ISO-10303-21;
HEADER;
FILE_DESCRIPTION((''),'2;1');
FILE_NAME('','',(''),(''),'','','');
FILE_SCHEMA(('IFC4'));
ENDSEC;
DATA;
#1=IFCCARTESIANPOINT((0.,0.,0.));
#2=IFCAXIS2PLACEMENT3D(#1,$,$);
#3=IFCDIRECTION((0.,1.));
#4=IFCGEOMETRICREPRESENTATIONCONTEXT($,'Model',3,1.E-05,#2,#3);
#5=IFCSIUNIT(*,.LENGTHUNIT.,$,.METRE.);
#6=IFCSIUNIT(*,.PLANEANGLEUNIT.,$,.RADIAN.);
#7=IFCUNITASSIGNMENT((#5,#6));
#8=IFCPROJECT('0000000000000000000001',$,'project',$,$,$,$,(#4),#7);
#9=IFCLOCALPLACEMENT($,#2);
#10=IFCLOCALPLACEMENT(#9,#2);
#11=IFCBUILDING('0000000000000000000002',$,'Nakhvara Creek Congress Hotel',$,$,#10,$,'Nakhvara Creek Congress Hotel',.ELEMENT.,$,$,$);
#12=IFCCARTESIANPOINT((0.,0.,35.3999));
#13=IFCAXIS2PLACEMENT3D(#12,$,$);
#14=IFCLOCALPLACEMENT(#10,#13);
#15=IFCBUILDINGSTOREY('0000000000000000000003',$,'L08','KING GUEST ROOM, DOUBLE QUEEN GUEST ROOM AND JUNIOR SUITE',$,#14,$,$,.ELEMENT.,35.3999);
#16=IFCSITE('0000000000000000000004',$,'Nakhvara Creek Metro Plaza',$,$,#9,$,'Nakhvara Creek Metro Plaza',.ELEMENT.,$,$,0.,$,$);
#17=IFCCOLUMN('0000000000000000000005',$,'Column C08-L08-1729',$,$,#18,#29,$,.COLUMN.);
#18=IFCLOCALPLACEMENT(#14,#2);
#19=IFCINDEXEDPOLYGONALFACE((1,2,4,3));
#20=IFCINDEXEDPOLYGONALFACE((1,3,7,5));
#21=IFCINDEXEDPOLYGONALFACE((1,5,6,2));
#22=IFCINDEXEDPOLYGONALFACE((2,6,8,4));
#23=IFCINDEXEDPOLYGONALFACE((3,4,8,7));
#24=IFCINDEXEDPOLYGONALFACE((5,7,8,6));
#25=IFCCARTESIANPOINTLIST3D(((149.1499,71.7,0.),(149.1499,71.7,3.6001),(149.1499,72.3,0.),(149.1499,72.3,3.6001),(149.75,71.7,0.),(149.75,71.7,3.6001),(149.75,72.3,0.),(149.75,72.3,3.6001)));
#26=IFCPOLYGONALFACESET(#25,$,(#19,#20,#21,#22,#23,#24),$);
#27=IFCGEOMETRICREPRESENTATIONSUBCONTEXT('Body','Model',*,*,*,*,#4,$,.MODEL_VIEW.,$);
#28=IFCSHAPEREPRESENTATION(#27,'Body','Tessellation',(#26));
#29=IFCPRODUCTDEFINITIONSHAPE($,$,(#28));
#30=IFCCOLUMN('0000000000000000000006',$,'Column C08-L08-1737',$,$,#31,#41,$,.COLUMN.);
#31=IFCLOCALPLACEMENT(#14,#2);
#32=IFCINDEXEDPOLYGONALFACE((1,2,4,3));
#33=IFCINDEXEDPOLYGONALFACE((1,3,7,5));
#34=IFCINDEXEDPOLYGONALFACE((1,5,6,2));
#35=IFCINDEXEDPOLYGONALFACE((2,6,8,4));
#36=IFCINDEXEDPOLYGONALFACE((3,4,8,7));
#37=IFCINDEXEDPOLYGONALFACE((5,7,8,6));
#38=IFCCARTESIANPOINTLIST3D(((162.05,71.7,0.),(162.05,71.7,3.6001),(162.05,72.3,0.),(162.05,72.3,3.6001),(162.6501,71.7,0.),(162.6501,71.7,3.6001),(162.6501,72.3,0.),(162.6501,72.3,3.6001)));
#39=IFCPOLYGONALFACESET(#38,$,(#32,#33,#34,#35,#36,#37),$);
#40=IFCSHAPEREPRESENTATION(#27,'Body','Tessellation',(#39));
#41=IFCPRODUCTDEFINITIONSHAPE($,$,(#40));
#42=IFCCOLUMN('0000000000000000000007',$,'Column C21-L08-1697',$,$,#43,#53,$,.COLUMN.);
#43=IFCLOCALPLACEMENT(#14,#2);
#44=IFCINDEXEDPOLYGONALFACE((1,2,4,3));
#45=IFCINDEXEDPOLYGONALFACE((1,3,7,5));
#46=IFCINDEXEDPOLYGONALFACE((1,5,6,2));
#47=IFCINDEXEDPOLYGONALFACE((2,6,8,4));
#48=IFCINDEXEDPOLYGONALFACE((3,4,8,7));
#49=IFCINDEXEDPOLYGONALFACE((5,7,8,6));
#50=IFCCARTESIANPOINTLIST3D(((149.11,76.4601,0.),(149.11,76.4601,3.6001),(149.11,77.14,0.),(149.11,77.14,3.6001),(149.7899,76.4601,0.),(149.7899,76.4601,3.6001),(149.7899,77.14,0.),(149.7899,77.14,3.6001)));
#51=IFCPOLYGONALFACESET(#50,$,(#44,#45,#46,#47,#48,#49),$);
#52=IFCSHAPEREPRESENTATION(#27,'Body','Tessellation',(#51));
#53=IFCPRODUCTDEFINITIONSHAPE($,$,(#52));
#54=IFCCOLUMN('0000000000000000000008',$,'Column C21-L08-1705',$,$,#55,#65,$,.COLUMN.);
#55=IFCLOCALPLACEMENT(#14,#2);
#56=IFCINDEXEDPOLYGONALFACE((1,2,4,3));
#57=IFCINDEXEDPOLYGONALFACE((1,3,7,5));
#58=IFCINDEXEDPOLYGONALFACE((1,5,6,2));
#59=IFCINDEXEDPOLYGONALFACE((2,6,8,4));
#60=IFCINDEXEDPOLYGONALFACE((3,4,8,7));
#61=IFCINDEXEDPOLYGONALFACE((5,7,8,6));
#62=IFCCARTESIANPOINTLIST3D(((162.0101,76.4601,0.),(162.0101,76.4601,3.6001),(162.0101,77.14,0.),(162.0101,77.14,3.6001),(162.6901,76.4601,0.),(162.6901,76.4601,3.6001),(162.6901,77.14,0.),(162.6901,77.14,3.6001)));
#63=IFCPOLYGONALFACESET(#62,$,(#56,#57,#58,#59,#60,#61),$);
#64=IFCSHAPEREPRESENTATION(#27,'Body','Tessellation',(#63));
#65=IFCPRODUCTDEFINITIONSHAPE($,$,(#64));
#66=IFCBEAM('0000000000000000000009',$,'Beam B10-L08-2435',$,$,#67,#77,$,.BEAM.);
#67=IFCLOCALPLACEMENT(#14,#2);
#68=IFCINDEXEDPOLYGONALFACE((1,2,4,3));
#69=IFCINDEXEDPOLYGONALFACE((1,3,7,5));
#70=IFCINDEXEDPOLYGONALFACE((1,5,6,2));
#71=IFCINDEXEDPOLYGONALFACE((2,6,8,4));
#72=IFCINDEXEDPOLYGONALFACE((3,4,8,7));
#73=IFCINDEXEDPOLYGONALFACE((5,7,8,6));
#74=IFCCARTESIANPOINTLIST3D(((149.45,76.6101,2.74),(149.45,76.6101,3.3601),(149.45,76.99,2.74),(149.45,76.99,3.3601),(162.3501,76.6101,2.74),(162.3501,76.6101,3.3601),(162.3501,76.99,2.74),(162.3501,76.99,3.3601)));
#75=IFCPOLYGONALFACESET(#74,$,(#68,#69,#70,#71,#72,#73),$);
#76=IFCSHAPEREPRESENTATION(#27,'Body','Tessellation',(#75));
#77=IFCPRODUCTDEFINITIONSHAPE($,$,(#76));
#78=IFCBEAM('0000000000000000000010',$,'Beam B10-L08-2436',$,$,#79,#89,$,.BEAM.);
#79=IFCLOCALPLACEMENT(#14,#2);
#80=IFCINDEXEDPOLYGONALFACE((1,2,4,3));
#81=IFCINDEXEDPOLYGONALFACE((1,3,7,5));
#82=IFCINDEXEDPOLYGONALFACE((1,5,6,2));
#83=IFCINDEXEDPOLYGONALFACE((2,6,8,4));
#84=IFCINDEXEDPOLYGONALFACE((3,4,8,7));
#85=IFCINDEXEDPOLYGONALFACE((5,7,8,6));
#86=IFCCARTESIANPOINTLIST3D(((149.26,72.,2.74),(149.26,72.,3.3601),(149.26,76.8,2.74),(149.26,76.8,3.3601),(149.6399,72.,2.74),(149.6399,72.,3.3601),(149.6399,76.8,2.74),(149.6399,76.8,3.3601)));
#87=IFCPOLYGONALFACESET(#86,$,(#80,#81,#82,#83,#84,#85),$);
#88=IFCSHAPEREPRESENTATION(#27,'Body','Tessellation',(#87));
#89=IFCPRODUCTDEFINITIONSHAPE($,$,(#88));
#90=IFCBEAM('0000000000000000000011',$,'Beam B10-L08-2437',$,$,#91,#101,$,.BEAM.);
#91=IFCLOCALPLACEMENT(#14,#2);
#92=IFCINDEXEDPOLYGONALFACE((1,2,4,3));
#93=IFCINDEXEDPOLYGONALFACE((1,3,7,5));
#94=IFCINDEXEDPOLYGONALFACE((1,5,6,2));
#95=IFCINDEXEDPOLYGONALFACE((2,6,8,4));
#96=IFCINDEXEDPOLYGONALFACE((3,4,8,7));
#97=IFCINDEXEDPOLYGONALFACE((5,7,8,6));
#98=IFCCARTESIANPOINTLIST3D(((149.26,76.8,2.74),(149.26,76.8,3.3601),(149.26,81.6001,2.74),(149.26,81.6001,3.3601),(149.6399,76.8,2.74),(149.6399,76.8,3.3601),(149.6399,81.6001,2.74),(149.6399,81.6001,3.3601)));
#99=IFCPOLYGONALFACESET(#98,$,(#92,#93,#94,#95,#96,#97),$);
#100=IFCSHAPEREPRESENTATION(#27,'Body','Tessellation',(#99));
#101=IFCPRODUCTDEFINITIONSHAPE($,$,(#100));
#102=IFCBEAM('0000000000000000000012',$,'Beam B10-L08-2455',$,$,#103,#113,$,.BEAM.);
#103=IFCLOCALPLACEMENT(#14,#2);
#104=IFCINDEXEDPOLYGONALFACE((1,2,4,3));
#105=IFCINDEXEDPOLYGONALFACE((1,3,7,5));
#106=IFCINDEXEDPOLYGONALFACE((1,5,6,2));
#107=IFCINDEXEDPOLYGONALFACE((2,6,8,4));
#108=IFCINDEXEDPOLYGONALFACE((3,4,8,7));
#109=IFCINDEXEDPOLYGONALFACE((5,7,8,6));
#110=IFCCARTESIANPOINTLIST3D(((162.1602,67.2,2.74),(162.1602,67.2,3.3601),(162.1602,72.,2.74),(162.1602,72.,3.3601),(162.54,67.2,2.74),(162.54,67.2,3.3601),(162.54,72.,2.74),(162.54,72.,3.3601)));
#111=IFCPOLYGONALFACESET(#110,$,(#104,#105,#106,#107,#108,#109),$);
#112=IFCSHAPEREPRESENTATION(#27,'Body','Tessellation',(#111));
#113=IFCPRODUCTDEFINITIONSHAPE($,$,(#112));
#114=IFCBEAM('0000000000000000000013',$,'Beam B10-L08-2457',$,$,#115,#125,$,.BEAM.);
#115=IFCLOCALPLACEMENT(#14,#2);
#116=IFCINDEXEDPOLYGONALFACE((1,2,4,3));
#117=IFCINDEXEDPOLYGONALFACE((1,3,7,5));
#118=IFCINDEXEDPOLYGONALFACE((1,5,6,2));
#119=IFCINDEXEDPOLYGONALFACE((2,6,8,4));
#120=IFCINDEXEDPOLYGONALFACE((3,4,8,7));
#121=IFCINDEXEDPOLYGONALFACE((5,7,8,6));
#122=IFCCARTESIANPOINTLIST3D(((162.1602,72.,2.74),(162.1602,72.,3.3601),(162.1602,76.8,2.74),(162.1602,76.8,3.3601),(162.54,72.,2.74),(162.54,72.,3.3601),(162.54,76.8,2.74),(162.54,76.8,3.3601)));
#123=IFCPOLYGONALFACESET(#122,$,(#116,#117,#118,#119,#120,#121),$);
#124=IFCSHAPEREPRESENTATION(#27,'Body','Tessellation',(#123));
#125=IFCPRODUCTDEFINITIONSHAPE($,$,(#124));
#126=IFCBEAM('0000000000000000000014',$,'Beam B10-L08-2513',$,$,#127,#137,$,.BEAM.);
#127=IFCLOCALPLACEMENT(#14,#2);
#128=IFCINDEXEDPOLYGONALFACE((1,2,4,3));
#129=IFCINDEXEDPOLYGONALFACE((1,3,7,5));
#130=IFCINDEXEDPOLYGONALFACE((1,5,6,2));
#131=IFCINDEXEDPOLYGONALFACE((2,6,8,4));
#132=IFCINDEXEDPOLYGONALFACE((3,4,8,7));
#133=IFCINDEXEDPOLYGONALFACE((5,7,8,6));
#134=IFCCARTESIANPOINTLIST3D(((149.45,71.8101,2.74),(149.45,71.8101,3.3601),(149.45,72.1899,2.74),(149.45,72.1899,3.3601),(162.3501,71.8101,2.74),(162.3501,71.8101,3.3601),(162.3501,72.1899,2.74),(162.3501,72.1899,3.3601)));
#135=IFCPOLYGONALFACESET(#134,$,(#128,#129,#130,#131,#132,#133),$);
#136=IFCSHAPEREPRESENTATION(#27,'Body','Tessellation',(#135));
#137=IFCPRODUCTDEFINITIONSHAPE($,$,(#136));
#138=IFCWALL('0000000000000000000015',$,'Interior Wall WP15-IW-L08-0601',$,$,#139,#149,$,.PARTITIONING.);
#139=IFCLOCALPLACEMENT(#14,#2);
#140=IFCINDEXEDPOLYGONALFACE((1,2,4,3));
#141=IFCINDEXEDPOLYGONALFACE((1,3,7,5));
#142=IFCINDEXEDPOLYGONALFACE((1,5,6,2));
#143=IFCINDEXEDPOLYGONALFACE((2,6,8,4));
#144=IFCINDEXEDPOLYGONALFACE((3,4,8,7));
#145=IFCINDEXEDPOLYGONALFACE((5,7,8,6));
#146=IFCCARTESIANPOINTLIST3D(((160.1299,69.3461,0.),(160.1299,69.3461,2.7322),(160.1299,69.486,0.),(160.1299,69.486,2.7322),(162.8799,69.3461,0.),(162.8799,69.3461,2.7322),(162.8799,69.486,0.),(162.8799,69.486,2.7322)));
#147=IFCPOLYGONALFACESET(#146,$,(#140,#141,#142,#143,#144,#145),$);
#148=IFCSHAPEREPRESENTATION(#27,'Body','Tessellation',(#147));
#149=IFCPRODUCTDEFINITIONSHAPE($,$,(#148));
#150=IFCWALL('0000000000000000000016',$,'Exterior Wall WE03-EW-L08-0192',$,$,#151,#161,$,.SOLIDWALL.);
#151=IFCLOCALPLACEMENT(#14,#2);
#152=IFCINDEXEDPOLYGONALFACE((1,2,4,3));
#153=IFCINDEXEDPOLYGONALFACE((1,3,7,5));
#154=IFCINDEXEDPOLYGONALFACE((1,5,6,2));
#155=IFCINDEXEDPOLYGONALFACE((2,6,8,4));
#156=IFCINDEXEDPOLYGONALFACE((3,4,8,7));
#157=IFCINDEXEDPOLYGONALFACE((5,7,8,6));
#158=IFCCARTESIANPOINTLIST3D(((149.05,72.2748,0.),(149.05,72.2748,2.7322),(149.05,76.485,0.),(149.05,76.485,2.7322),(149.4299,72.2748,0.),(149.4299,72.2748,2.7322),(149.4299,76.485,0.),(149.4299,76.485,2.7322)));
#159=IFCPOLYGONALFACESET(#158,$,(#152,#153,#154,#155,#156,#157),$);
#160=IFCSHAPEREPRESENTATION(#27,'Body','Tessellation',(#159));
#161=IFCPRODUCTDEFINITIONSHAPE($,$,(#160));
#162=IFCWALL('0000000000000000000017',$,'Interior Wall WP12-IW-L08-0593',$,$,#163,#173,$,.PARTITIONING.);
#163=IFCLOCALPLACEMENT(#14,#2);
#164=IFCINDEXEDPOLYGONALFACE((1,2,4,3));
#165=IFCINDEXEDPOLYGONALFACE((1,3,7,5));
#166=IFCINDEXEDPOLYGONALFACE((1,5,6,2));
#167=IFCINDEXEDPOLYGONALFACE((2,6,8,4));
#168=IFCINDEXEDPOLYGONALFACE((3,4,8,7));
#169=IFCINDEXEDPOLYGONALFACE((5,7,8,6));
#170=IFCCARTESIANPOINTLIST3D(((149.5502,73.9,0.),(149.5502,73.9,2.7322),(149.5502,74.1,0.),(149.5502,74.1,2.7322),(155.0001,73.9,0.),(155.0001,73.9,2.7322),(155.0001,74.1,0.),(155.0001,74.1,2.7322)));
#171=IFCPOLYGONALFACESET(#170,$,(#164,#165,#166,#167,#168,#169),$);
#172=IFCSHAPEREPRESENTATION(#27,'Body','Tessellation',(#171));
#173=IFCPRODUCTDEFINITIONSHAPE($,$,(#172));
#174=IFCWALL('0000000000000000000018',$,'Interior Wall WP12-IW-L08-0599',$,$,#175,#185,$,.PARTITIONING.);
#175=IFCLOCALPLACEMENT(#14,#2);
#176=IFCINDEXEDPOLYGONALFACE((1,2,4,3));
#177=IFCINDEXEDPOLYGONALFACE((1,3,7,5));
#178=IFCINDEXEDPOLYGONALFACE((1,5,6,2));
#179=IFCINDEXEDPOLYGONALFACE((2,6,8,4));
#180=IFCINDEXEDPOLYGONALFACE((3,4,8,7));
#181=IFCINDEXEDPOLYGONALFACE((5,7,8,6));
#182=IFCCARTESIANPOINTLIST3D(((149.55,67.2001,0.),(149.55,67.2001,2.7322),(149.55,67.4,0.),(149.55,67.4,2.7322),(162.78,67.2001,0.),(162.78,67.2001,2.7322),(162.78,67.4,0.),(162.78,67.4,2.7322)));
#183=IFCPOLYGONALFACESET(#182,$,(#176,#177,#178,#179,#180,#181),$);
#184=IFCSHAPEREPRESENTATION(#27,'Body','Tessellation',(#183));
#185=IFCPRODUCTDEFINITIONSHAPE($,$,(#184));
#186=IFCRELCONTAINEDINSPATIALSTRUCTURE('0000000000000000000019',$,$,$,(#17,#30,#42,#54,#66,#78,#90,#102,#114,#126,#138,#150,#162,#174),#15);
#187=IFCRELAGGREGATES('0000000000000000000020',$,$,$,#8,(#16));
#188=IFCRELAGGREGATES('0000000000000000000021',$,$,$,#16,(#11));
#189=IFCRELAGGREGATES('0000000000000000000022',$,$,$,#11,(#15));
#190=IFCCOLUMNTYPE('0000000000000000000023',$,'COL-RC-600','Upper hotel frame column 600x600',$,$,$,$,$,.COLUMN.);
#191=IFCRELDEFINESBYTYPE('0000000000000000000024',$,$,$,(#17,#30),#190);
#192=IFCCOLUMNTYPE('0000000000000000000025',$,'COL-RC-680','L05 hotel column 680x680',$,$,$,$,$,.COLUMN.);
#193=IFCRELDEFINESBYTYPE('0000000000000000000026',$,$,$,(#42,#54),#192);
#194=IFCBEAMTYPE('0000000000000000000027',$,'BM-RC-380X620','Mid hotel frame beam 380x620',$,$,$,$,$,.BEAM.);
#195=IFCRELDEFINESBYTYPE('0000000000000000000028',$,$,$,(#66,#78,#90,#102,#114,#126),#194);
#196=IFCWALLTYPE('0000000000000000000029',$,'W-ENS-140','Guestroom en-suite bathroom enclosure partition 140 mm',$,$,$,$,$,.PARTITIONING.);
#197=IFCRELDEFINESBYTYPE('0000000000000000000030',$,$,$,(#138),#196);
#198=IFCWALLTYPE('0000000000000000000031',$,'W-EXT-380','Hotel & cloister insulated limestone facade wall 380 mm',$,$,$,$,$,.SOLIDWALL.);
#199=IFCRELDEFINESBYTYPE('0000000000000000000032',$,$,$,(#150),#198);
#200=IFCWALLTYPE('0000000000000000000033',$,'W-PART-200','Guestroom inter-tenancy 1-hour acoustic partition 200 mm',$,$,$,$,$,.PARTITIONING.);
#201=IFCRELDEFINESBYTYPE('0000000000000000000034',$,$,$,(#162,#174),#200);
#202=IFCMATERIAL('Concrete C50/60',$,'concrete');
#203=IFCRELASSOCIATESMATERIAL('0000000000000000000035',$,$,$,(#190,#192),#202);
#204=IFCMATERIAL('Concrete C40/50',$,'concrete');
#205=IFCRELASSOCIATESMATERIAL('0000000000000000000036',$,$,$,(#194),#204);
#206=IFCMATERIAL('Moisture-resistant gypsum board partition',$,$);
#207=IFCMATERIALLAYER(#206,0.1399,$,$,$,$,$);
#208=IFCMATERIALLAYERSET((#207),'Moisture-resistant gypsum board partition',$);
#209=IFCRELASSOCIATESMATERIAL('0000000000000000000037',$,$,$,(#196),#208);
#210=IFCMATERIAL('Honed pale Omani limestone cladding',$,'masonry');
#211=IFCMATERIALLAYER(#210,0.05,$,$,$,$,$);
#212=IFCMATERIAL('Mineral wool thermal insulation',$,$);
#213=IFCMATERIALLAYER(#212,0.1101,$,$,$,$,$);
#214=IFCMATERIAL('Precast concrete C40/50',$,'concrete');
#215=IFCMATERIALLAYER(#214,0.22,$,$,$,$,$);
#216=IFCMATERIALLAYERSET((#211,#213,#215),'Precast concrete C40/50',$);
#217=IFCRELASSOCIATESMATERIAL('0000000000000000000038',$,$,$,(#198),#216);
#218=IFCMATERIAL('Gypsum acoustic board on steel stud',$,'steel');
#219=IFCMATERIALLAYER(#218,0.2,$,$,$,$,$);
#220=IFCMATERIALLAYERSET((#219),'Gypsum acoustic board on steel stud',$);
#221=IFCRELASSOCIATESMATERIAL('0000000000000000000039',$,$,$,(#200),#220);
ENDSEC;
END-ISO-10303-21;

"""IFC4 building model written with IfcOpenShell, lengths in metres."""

from ifc_helpers import new_model, si_unit, direction, frame, frame_2d, origin, origin_2d, place, context, subcontext, project, spatial, rectangle, extrude, material, layer, layer_set, material_profile, profile_set, type_object, element, save


model = new_model("IFC4")

# Units and contexts
model_context = context("Model", 3, precision=1e-05, world=origin(), true_north=direction((0.0, 1.0)))
body_context = subcontext(model_context, "Body", "Model", "MODEL_VIEW")
ifc_project = project(units=[si_unit("LENGTHUNIT", "METRE"), si_unit("PLANEANGLEUNIT", "RADIAN")], contexts=[model_context])

# Site, building, storey
site_placement = place(None, origin())
site = spatial("IfcSite", under=ifc_project, at=site_placement, Name="Nakhvara Creek Metro Plaza", LongName="Nakhvara Creek Metro Plaza", CompositionType="ELEMENT", RefElevation=0.0)
building_placement = place(site_placement, origin())
building = spatial("IfcBuilding", under=site, at=building_placement, Name="Nakhvara Creek Congress Hotel", LongName="Nakhvara Creek Congress Hotel", CompositionType="ELEMENT")
storey_placement = place(building_placement, frame((0.0, 0.0, 35.3999)))
storey = spatial("IfcBuildingStorey", under=building, at=storey_placement, Name="L08", Description="KING GUEST ROOM, DOUBLE QUEEN GUEST ROOM AND JUNIOR SUITE", CompositionType="ELEMENT", Elevation=35.3999)

# Columns
ifc_material_1 = material(Name="Concrete C50/60", Category="concrete")
ifc_material_profile_1 = material_profile(ifc_material_1, rectangle(XDim=0.6001, YDim=0.6001, at=origin_2d()), Name="RC-COL 600x600", Category="LoadBearing")
ifc_profile_set_1 = profile_set([ifc_material_profile_1], Name="Concrete C50/60")
column_type_1 = type_object("IfcColumnType", Name="COL-RC-600", Description="Upper hotel frame column 600x600", PredefinedType="COLUMN", material=ifc_profile_set_1)
for number, where, z_axis, x_axis, name in (
    (1, (149.45, 72.0, 0.0), (0.0, 0.0, 1.0), (1.0, 0.0, 0.0), "Column C08-L08-1729"),
    (2, (162.3501, 72.0, 0.0), (0.0, 0.0, 1.0), (1.0, 0.0, 0.0), "Column C08-L08-1737"),
):
    element("IfcColumn", number, at=place(storey_placement, frame(where, z_axis=z_axis, x_axis=x_axis)), inside=storey, type_object=column_type_1, Name=name, PredefinedType="COLUMN", context=body_context, shape_type="SweptSolid", body=[
        extrude(rectangle(XDim=0.6001, YDim=0.6001, at=origin_2d()), origin(), (0.0, 0.0, 1.0), 3.6001),
    ])
ifc_material_profile_2 = material_profile(ifc_material_1, rectangle(XDim=0.6799, YDim=0.6799, at=origin_2d()), Name="RC-COL 680x680", Category="LoadBearing")
ifc_profile_set_2 = profile_set([ifc_material_profile_2], Name="Concrete C50/60")
column_type_2 = type_object("IfcColumnType", Name="COL-RC-680", Description="L05 hotel column 680x680", PredefinedType="COLUMN", material=ifc_profile_set_2)
for number, where, z_axis, x_axis, name in (
    (3, (149.45, 76.8, 0.0), (0.0, 0.0, 1.0), (1.0, 0.0, 0.0), "Column C21-L08-1697"),
    (4, (162.3501, 76.8, 0.0), (0.0, 0.0, 1.0), (1.0, 0.0, 0.0), "Column C21-L08-1705"),
):
    element("IfcColumn", number, at=place(storey_placement, frame(where, z_axis=z_axis, x_axis=x_axis)), inside=storey, type_object=column_type_2, Name=name, PredefinedType="COLUMN", context=body_context, shape_type="SweptSolid", body=[
        extrude(rectangle(XDim=0.6799, YDim=0.6799, at=origin_2d()), origin(), (0.0, 0.0, 1.0), 3.6001),
    ])

# Beams
ifc_material_2 = material(Name="Concrete C40/50", Category="concrete")
ifc_material_profile_3 = material_profile(ifc_material_2, rectangle(XDim=0.3799, YDim=0.6201, at=origin_2d()), Name="RC-BM 380x620", Category="LoadBearing")
ifc_profile_set_3 = profile_set([ifc_material_profile_3], Name="Concrete C40/50")
beam_type = type_object("IfcBeamType", Name="BM-RC-380X620", Description="Mid hotel frame beam 380x620", PredefinedType="BEAM", material=ifc_profile_set_3)
beam_1_placement = place(storey_placement, frame((149.45, 76.8, 3.05), z_axis=(1.0, 0.0, 0.0), x_axis=(0.0, 1.0, 0.0)))
element("IfcBeam", 5, at=beam_1_placement, inside=storey, type_object=beam_type, Name="Beam B10-L08-2435", PredefinedType="BEAM", context=body_context, shape_type="SweptSolid", body=[
    extrude(rectangle(XDim=0.3799, YDim=0.6201, at=origin_2d()), origin(), (0.0, 0.0, 1.0), 12.9001),
])
for number, where, z_axis, x_axis, name in (
    (6, (149.45, 72.0, 3.05), (0.0, 1.0, 0.0), (-1.0, 0.0, 0.0), "Beam B10-L08-2436"),
    (7, (149.45, 76.8, 3.05), (0.0, 1.0, 0.0), (-1.0, 0.0, 0.0), "Beam B10-L08-2437"),
    (8, (162.3501, 67.2, 3.05), (0.0, 1.0, 0.0), (-1.0, 0.0, 0.0), "Beam B10-L08-2455"),
    (9, (162.3501, 72.0, 3.05), (0.0, 1.0, 0.0), (-1.0, 0.0, 0.0), "Beam B10-L08-2457"),
):
    element("IfcBeam", number, at=place(storey_placement, frame(where, z_axis=z_axis, x_axis=x_axis)), inside=storey, type_object=beam_type, Name=name, PredefinedType="BEAM", context=body_context, shape_type="SweptSolid", body=[
        extrude(rectangle(XDim=0.3799, YDim=0.6201, at=origin_2d()), origin(), (0.0, 0.0, 1.0), 4.8),
    ])
beam_2_placement = place(storey_placement, frame((149.45, 72.0, 3.05), z_axis=(1.0, 0.0, 0.0), x_axis=(0.0, 1.0, 0.0)))
element("IfcBeam", 10, at=beam_2_placement, inside=storey, type_object=beam_type, Name="Beam B10-L08-2513", PredefinedType="BEAM", context=body_context, shape_type="SweptSolid", body=[
    extrude(rectangle(XDim=0.3799, YDim=0.6201, at=origin_2d()), origin(), (0.0, 0.0, 1.0), 12.9001),
])

# Shared definitions
ifc_material_3 = material(Name="Moisture-resistant gypsum board partition")
ifc_layer_1 = layer(ifc_material_3, 0.1399)
ifc_layer_set_1 = layer_set([ifc_layer_1], Name="Moisture-resistant gypsum board partition")
wall_type_1 = type_object("IfcWallType", Name="W-ENS-140", Description="Guestroom en-suite bathroom enclosure partition 140 mm", PredefinedType="PARTITIONING", material=ifc_layer_set_1)

# Walls
wall_1_placement = place(storey_placement, frame((160.1299, 69.416, 0.0), z_axis=(0.0, 0.0, 1.0), x_axis=(1.0, 0.0, 0.0)))
element("IfcWall", 11, at=wall_1_placement, inside=storey, type_object=wall_type_1, Name="Interior Wall WP15-IW-L08-0601", PredefinedType="PARTITIONING", context=body_context, shape_type="SweptSolid", body=[
    extrude(rectangle(XDim=2.75, YDim=0.1399, at=frame_2d((1.375, 0.0))), origin(), (0.0, 0.0, 1.0), 2.7322),
])
ifc_material_4 = material(Name="Honed pale Omani limestone cladding", Category="masonry")
ifc_layer_2 = layer(ifc_material_4, 0.05)
ifc_material_5 = material(Name="Mineral wool thermal insulation")
ifc_layer_3 = layer(ifc_material_5, 0.1101)
ifc_material_6 = material(Name="Precast concrete C40/50", Category="concrete")
ifc_layer_4 = layer(ifc_material_6, 0.22)
ifc_layer_set_2 = layer_set([ifc_layer_2, ifc_layer_3, ifc_layer_4], Name="Precast concrete C40/50")
wall_type_2 = type_object("IfcWallType", Name="W-EXT-380", Description="Hotel & cloister insulated limestone facade wall 380 mm", PredefinedType="SOLIDWALL", material=ifc_layer_set_2)
wall_2_placement = place(storey_placement, frame((149.24, 72.2749, 0.0), z_axis=(0.0, 0.0, 1.0), x_axis=(0.0, 1.0, 0.0)))
element("IfcWall", 12, at=wall_2_placement, inside=storey, type_object=wall_type_2, Name="Exterior Wall WE03-EW-L08-0192", PredefinedType="SOLIDWALL", context=body_context, shape_type="SweptSolid", body=[
    extrude(rectangle(XDim=4.2102, YDim=0.3799, at=frame_2d((2.105, 0.0))), origin(), (0.0, 0.0, 1.0), 2.7322),
])
ifc_material_7 = material(Name="Gypsum acoustic board on steel stud", Category="steel")
ifc_layer_5 = layer(ifc_material_7, 0.2)
ifc_layer_set_3 = layer_set([ifc_layer_5], Name="Gypsum acoustic board on steel stud")
wall_type_3 = type_object("IfcWallType", Name="W-PART-200", Description="Guestroom inter-tenancy 1-hour acoustic partition 200 mm", PredefinedType="PARTITIONING", material=ifc_layer_set_3)
wall_3_placement = place(storey_placement, frame((149.55, 74.0, 0.0), z_axis=(0.0, 0.0, 1.0), x_axis=(1.0, 0.0, 0.0)))
element("IfcWall", 13, at=wall_3_placement, inside=storey, type_object=wall_type_3, Name="Interior Wall WP12-IW-L08-0593", PredefinedType="PARTITIONING", context=body_context, shape_type="SweptSolid", body=[
    extrude(rectangle(XDim=5.45, YDim=0.2, at=frame_2d((2.7251, 0.0))), origin(), (0.0, 0.0, 1.0), 2.7322),
])
wall_4_placement = place(storey_placement, frame((149.55, 67.3, 0.0), z_axis=(0.0, 0.0, 1.0), x_axis=(1.0, 0.0, 0.0)))
element("IfcWall", 14, at=wall_4_placement, inside=storey, type_object=wall_type_3, Name="Interior Wall WP12-IW-L08-0599", PredefinedType="PARTITIONING", context=body_context, shape_type="SweptSolid", body=[
    extrude(rectangle(XDim=13.23, YDim=0.2, at=frame_2d((6.615, 0.0))), origin(), (0.0, 0.0, 1.0), 2.7322),
])

save(model, "model.ifc")
